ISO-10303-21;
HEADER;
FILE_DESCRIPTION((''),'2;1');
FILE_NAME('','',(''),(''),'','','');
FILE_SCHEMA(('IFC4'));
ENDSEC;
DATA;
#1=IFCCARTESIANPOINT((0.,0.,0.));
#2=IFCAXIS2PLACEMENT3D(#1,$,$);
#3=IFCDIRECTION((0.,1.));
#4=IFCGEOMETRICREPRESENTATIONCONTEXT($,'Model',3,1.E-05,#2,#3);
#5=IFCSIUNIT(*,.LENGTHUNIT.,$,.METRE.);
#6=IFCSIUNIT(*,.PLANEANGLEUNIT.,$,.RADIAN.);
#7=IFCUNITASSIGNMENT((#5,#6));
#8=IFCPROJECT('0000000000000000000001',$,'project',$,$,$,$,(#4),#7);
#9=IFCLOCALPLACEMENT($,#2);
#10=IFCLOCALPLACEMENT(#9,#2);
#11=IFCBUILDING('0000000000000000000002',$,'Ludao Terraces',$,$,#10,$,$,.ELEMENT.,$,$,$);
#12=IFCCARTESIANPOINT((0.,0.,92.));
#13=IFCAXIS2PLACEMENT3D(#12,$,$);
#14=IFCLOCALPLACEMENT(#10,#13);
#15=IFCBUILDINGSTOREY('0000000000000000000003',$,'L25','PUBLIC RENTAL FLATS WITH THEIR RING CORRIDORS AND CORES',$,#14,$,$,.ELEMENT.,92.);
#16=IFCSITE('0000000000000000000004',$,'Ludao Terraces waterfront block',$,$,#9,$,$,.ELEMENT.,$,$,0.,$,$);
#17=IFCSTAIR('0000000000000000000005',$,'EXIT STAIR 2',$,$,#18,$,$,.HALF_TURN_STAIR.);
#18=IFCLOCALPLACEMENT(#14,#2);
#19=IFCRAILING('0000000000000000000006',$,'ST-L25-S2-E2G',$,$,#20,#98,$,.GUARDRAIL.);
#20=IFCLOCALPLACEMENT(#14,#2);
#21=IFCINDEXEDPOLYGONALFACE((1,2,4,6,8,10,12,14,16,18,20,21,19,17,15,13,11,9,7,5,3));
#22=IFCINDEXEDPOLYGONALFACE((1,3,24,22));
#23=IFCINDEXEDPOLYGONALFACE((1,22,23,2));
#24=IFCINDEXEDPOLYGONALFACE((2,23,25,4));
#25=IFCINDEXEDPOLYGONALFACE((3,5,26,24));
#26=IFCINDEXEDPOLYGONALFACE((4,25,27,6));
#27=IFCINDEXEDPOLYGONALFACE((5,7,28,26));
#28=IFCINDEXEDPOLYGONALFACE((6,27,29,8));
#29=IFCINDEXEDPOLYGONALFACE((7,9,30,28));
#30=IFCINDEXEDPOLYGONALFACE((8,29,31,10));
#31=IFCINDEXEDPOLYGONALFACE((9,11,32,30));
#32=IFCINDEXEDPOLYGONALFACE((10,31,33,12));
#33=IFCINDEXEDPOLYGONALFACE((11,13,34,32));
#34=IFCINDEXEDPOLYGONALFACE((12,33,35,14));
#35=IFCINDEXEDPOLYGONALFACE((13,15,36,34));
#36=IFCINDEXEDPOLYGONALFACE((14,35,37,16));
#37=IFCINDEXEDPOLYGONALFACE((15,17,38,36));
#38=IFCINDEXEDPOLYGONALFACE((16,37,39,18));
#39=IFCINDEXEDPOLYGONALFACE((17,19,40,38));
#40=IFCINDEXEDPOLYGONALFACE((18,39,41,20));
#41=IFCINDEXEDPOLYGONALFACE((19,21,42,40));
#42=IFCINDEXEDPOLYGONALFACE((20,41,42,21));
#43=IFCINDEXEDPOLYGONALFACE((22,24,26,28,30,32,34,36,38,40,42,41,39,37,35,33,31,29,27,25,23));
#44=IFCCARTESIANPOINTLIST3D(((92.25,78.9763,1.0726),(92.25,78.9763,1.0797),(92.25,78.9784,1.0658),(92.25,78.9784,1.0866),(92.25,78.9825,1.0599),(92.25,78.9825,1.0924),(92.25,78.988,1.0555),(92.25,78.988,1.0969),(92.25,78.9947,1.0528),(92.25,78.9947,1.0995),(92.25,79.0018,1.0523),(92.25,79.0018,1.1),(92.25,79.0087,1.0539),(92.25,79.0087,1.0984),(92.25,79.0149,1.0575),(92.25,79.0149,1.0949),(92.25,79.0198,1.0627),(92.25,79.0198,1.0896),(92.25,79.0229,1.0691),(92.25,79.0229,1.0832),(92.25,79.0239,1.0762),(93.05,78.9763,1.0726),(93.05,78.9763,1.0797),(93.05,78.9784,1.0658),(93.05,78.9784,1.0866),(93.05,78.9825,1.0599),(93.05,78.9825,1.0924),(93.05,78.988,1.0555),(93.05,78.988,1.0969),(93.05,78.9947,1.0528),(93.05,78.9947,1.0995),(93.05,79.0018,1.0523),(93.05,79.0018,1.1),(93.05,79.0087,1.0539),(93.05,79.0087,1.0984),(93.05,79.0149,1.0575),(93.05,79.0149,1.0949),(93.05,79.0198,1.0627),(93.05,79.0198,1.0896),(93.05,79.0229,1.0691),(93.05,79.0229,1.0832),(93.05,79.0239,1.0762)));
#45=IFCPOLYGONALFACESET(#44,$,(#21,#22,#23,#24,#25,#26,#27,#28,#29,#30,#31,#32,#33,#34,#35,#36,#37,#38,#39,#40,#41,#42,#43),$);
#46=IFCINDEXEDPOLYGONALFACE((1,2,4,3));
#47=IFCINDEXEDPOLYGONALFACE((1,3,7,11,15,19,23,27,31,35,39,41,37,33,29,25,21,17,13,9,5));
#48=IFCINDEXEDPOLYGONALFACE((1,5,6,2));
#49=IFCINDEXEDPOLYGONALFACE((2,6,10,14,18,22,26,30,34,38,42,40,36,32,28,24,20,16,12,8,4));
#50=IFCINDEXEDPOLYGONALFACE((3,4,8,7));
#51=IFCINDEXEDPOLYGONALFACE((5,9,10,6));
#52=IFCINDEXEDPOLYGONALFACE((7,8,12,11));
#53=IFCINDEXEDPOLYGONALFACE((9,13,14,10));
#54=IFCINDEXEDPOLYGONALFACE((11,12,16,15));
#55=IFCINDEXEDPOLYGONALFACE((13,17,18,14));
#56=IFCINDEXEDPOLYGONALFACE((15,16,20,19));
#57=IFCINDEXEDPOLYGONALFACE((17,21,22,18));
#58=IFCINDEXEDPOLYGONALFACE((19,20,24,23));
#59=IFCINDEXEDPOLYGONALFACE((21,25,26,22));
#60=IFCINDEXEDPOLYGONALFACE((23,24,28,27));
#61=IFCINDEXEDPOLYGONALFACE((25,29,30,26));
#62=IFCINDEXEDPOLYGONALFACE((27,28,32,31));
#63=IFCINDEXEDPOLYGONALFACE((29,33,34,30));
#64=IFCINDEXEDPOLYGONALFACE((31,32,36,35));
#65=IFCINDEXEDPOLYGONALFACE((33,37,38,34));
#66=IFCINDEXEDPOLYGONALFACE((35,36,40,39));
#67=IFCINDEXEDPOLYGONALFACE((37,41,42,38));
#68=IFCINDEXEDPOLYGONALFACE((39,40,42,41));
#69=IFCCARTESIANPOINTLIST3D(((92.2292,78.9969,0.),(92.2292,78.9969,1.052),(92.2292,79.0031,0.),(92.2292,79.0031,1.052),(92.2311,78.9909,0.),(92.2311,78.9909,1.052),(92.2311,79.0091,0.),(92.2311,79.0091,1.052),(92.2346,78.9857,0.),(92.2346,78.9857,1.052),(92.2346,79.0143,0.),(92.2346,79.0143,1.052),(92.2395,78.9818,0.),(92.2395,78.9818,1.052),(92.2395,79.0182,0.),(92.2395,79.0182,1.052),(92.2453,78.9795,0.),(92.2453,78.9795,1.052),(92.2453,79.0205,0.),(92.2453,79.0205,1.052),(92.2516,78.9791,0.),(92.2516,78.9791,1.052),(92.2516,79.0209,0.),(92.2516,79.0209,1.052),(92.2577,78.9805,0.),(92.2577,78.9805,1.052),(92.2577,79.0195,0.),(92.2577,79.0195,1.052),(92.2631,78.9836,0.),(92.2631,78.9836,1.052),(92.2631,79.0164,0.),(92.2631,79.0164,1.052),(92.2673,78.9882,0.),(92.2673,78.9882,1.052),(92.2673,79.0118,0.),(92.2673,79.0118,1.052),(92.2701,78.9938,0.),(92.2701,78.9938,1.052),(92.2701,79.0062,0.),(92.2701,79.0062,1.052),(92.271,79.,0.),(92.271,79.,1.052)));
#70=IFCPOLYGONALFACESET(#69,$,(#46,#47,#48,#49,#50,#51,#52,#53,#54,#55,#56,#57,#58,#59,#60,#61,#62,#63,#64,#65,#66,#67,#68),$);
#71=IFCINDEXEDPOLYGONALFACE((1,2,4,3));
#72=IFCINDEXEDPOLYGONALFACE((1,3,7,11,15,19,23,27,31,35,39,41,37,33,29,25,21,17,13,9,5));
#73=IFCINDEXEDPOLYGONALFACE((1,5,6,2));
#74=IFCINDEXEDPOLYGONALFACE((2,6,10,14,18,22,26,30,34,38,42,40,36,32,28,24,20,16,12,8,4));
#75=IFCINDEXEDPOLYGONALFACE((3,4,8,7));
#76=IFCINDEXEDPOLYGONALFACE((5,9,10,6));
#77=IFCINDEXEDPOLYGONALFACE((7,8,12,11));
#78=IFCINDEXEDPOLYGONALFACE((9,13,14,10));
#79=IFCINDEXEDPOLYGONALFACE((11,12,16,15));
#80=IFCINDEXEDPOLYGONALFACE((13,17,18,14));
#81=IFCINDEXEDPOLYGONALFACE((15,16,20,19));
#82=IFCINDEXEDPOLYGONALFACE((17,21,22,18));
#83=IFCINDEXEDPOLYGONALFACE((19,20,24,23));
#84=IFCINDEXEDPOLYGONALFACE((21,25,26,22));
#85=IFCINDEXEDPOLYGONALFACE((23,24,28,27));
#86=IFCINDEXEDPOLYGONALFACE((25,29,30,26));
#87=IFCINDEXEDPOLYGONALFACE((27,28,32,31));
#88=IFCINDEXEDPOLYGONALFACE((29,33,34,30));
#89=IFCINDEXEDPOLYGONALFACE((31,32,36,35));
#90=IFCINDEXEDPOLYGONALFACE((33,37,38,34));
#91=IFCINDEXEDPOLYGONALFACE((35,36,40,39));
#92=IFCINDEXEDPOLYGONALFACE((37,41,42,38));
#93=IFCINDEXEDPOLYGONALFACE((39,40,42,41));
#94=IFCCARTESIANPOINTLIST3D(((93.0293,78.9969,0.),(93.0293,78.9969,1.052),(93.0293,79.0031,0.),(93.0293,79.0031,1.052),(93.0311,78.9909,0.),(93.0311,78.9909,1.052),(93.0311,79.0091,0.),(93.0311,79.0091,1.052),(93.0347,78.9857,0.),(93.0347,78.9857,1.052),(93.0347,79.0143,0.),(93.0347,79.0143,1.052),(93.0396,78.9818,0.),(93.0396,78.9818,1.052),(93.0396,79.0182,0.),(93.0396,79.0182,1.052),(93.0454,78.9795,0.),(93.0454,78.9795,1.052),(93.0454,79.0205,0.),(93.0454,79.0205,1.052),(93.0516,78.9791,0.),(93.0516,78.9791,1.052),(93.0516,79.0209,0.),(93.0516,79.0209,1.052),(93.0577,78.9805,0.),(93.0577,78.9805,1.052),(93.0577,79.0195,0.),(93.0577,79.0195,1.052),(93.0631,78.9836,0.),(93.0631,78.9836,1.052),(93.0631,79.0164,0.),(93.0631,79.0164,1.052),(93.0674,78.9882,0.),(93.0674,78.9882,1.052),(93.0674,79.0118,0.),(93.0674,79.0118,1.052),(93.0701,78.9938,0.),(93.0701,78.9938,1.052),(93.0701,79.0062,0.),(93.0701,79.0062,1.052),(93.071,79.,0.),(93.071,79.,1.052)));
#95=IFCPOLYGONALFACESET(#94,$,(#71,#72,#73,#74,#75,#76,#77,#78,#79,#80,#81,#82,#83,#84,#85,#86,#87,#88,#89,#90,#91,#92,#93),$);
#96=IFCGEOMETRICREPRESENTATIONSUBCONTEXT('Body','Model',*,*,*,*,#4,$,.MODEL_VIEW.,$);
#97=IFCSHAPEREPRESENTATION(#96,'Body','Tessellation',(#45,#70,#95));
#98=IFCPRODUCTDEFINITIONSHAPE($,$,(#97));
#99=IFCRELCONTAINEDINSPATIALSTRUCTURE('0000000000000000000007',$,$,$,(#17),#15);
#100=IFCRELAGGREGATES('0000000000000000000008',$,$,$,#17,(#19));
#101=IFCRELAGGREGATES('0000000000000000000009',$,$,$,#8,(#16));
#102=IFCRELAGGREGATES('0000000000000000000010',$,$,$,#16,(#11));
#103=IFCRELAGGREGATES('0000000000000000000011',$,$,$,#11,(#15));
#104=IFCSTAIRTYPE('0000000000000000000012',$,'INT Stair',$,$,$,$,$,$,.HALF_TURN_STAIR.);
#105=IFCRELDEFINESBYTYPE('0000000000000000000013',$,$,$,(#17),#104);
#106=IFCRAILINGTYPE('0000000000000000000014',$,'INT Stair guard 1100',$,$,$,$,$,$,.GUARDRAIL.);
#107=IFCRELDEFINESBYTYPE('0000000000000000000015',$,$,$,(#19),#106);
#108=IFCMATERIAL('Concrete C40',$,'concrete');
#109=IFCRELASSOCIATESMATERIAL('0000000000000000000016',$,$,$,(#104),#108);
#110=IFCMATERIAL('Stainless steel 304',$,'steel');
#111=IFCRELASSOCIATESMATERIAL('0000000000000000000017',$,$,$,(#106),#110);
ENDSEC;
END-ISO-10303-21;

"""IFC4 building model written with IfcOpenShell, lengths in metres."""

from ifc_helpers import new_model, si_unit, direction, frame, origin, origin_2d, place, context, subcontext, project, spatial, circle, extrude, material, type_object, element, aggregate, save


model = new_model("IFC4")

# Units and contexts
model_context = context("Model", 3, precision=1e-05, world=origin(), true_north=direction((0.0, 1.0)))
body_context = subcontext(model_context, "Body", "Model", "MODEL_VIEW")
ifc_project = project(units=[si_unit("LENGTHUNIT", "METRE"), si_unit("PLANEANGLEUNIT", "RADIAN")], contexts=[model_context])

# Site, building, storey
site_placement = place(None, origin())
site = spatial("IfcSite", under=ifc_project, at=site_placement, Name="Ludao Terraces waterfront block", CompositionType="ELEMENT", RefElevation=0.0)
building_placement = place(site_placement, origin())
building = spatial("IfcBuilding", under=site, at=building_placement, Name="Ludao Terraces", CompositionType="ELEMENT")
storey_placement = place(building_placement, frame((0.0, 0.0, 92.0)))
storey = spatial("IfcBuildingStorey", under=building, at=storey_placement, Name="L25", Description="PUBLIC RENTAL FLATS WITH THEIR RING CORRIDORS AND CORES", CompositionType="ELEMENT", Elevation=92.0)

# Stair, railing
ifc_material_1 = material(Name="Concrete C40", Category="concrete")
stair_type = type_object("IfcStairType", Name="INT Stair", PredefinedType="HALF_TURN_STAIR", material=ifc_material_1)
stair_placement = place(storey_placement, origin())
stair = element("IfcStair", 1, at=stair_placement, inside=storey, type_object=stair_type, Name="EXIT STAIR 2", PredefinedType="HALF_TURN_STAIR")
ifc_material_2 = material(Name="Stainless steel 304", Category="steel")
railing_type_1 = type_object("IfcRailingType", Name="INT Stair guard 1100", PredefinedType="GUARDRAIL", material=ifc_material_2)
railing_1_placement = place(storey_placement, frame((92.25, 79.0, 0.0)))
railing_1 = element("IfcRailing", 2, at=railing_1_placement, type_object=railing_type_1, Name="ST-L25-S2-E2G", PredefinedType="GUARDRAIL", context=body_context, shape_type="SweptSolid", body=[
    extrude(circle(Radius=0.0239, at=origin_2d()), frame((0.0, 0.0, 1.0762), z_axis=(1.0, 0.0, 0.0), x_axis=(0.0, 1.0, 0.0)), (0.0, 0.0, 1.0), 0.8),
    extrude(circle(Radius=0.021, at=origin_2d()), origin(), (0.0, 0.0, 1.0), 1.052),
    extrude(circle(Radius=0.021, at=origin_2d()), frame((0.8, 0.0, 0.0)), (0.0, 0.0, 1.0), 1.052),
])
aggregate(stair, [railing_1])

save(model, "model.ifc")
